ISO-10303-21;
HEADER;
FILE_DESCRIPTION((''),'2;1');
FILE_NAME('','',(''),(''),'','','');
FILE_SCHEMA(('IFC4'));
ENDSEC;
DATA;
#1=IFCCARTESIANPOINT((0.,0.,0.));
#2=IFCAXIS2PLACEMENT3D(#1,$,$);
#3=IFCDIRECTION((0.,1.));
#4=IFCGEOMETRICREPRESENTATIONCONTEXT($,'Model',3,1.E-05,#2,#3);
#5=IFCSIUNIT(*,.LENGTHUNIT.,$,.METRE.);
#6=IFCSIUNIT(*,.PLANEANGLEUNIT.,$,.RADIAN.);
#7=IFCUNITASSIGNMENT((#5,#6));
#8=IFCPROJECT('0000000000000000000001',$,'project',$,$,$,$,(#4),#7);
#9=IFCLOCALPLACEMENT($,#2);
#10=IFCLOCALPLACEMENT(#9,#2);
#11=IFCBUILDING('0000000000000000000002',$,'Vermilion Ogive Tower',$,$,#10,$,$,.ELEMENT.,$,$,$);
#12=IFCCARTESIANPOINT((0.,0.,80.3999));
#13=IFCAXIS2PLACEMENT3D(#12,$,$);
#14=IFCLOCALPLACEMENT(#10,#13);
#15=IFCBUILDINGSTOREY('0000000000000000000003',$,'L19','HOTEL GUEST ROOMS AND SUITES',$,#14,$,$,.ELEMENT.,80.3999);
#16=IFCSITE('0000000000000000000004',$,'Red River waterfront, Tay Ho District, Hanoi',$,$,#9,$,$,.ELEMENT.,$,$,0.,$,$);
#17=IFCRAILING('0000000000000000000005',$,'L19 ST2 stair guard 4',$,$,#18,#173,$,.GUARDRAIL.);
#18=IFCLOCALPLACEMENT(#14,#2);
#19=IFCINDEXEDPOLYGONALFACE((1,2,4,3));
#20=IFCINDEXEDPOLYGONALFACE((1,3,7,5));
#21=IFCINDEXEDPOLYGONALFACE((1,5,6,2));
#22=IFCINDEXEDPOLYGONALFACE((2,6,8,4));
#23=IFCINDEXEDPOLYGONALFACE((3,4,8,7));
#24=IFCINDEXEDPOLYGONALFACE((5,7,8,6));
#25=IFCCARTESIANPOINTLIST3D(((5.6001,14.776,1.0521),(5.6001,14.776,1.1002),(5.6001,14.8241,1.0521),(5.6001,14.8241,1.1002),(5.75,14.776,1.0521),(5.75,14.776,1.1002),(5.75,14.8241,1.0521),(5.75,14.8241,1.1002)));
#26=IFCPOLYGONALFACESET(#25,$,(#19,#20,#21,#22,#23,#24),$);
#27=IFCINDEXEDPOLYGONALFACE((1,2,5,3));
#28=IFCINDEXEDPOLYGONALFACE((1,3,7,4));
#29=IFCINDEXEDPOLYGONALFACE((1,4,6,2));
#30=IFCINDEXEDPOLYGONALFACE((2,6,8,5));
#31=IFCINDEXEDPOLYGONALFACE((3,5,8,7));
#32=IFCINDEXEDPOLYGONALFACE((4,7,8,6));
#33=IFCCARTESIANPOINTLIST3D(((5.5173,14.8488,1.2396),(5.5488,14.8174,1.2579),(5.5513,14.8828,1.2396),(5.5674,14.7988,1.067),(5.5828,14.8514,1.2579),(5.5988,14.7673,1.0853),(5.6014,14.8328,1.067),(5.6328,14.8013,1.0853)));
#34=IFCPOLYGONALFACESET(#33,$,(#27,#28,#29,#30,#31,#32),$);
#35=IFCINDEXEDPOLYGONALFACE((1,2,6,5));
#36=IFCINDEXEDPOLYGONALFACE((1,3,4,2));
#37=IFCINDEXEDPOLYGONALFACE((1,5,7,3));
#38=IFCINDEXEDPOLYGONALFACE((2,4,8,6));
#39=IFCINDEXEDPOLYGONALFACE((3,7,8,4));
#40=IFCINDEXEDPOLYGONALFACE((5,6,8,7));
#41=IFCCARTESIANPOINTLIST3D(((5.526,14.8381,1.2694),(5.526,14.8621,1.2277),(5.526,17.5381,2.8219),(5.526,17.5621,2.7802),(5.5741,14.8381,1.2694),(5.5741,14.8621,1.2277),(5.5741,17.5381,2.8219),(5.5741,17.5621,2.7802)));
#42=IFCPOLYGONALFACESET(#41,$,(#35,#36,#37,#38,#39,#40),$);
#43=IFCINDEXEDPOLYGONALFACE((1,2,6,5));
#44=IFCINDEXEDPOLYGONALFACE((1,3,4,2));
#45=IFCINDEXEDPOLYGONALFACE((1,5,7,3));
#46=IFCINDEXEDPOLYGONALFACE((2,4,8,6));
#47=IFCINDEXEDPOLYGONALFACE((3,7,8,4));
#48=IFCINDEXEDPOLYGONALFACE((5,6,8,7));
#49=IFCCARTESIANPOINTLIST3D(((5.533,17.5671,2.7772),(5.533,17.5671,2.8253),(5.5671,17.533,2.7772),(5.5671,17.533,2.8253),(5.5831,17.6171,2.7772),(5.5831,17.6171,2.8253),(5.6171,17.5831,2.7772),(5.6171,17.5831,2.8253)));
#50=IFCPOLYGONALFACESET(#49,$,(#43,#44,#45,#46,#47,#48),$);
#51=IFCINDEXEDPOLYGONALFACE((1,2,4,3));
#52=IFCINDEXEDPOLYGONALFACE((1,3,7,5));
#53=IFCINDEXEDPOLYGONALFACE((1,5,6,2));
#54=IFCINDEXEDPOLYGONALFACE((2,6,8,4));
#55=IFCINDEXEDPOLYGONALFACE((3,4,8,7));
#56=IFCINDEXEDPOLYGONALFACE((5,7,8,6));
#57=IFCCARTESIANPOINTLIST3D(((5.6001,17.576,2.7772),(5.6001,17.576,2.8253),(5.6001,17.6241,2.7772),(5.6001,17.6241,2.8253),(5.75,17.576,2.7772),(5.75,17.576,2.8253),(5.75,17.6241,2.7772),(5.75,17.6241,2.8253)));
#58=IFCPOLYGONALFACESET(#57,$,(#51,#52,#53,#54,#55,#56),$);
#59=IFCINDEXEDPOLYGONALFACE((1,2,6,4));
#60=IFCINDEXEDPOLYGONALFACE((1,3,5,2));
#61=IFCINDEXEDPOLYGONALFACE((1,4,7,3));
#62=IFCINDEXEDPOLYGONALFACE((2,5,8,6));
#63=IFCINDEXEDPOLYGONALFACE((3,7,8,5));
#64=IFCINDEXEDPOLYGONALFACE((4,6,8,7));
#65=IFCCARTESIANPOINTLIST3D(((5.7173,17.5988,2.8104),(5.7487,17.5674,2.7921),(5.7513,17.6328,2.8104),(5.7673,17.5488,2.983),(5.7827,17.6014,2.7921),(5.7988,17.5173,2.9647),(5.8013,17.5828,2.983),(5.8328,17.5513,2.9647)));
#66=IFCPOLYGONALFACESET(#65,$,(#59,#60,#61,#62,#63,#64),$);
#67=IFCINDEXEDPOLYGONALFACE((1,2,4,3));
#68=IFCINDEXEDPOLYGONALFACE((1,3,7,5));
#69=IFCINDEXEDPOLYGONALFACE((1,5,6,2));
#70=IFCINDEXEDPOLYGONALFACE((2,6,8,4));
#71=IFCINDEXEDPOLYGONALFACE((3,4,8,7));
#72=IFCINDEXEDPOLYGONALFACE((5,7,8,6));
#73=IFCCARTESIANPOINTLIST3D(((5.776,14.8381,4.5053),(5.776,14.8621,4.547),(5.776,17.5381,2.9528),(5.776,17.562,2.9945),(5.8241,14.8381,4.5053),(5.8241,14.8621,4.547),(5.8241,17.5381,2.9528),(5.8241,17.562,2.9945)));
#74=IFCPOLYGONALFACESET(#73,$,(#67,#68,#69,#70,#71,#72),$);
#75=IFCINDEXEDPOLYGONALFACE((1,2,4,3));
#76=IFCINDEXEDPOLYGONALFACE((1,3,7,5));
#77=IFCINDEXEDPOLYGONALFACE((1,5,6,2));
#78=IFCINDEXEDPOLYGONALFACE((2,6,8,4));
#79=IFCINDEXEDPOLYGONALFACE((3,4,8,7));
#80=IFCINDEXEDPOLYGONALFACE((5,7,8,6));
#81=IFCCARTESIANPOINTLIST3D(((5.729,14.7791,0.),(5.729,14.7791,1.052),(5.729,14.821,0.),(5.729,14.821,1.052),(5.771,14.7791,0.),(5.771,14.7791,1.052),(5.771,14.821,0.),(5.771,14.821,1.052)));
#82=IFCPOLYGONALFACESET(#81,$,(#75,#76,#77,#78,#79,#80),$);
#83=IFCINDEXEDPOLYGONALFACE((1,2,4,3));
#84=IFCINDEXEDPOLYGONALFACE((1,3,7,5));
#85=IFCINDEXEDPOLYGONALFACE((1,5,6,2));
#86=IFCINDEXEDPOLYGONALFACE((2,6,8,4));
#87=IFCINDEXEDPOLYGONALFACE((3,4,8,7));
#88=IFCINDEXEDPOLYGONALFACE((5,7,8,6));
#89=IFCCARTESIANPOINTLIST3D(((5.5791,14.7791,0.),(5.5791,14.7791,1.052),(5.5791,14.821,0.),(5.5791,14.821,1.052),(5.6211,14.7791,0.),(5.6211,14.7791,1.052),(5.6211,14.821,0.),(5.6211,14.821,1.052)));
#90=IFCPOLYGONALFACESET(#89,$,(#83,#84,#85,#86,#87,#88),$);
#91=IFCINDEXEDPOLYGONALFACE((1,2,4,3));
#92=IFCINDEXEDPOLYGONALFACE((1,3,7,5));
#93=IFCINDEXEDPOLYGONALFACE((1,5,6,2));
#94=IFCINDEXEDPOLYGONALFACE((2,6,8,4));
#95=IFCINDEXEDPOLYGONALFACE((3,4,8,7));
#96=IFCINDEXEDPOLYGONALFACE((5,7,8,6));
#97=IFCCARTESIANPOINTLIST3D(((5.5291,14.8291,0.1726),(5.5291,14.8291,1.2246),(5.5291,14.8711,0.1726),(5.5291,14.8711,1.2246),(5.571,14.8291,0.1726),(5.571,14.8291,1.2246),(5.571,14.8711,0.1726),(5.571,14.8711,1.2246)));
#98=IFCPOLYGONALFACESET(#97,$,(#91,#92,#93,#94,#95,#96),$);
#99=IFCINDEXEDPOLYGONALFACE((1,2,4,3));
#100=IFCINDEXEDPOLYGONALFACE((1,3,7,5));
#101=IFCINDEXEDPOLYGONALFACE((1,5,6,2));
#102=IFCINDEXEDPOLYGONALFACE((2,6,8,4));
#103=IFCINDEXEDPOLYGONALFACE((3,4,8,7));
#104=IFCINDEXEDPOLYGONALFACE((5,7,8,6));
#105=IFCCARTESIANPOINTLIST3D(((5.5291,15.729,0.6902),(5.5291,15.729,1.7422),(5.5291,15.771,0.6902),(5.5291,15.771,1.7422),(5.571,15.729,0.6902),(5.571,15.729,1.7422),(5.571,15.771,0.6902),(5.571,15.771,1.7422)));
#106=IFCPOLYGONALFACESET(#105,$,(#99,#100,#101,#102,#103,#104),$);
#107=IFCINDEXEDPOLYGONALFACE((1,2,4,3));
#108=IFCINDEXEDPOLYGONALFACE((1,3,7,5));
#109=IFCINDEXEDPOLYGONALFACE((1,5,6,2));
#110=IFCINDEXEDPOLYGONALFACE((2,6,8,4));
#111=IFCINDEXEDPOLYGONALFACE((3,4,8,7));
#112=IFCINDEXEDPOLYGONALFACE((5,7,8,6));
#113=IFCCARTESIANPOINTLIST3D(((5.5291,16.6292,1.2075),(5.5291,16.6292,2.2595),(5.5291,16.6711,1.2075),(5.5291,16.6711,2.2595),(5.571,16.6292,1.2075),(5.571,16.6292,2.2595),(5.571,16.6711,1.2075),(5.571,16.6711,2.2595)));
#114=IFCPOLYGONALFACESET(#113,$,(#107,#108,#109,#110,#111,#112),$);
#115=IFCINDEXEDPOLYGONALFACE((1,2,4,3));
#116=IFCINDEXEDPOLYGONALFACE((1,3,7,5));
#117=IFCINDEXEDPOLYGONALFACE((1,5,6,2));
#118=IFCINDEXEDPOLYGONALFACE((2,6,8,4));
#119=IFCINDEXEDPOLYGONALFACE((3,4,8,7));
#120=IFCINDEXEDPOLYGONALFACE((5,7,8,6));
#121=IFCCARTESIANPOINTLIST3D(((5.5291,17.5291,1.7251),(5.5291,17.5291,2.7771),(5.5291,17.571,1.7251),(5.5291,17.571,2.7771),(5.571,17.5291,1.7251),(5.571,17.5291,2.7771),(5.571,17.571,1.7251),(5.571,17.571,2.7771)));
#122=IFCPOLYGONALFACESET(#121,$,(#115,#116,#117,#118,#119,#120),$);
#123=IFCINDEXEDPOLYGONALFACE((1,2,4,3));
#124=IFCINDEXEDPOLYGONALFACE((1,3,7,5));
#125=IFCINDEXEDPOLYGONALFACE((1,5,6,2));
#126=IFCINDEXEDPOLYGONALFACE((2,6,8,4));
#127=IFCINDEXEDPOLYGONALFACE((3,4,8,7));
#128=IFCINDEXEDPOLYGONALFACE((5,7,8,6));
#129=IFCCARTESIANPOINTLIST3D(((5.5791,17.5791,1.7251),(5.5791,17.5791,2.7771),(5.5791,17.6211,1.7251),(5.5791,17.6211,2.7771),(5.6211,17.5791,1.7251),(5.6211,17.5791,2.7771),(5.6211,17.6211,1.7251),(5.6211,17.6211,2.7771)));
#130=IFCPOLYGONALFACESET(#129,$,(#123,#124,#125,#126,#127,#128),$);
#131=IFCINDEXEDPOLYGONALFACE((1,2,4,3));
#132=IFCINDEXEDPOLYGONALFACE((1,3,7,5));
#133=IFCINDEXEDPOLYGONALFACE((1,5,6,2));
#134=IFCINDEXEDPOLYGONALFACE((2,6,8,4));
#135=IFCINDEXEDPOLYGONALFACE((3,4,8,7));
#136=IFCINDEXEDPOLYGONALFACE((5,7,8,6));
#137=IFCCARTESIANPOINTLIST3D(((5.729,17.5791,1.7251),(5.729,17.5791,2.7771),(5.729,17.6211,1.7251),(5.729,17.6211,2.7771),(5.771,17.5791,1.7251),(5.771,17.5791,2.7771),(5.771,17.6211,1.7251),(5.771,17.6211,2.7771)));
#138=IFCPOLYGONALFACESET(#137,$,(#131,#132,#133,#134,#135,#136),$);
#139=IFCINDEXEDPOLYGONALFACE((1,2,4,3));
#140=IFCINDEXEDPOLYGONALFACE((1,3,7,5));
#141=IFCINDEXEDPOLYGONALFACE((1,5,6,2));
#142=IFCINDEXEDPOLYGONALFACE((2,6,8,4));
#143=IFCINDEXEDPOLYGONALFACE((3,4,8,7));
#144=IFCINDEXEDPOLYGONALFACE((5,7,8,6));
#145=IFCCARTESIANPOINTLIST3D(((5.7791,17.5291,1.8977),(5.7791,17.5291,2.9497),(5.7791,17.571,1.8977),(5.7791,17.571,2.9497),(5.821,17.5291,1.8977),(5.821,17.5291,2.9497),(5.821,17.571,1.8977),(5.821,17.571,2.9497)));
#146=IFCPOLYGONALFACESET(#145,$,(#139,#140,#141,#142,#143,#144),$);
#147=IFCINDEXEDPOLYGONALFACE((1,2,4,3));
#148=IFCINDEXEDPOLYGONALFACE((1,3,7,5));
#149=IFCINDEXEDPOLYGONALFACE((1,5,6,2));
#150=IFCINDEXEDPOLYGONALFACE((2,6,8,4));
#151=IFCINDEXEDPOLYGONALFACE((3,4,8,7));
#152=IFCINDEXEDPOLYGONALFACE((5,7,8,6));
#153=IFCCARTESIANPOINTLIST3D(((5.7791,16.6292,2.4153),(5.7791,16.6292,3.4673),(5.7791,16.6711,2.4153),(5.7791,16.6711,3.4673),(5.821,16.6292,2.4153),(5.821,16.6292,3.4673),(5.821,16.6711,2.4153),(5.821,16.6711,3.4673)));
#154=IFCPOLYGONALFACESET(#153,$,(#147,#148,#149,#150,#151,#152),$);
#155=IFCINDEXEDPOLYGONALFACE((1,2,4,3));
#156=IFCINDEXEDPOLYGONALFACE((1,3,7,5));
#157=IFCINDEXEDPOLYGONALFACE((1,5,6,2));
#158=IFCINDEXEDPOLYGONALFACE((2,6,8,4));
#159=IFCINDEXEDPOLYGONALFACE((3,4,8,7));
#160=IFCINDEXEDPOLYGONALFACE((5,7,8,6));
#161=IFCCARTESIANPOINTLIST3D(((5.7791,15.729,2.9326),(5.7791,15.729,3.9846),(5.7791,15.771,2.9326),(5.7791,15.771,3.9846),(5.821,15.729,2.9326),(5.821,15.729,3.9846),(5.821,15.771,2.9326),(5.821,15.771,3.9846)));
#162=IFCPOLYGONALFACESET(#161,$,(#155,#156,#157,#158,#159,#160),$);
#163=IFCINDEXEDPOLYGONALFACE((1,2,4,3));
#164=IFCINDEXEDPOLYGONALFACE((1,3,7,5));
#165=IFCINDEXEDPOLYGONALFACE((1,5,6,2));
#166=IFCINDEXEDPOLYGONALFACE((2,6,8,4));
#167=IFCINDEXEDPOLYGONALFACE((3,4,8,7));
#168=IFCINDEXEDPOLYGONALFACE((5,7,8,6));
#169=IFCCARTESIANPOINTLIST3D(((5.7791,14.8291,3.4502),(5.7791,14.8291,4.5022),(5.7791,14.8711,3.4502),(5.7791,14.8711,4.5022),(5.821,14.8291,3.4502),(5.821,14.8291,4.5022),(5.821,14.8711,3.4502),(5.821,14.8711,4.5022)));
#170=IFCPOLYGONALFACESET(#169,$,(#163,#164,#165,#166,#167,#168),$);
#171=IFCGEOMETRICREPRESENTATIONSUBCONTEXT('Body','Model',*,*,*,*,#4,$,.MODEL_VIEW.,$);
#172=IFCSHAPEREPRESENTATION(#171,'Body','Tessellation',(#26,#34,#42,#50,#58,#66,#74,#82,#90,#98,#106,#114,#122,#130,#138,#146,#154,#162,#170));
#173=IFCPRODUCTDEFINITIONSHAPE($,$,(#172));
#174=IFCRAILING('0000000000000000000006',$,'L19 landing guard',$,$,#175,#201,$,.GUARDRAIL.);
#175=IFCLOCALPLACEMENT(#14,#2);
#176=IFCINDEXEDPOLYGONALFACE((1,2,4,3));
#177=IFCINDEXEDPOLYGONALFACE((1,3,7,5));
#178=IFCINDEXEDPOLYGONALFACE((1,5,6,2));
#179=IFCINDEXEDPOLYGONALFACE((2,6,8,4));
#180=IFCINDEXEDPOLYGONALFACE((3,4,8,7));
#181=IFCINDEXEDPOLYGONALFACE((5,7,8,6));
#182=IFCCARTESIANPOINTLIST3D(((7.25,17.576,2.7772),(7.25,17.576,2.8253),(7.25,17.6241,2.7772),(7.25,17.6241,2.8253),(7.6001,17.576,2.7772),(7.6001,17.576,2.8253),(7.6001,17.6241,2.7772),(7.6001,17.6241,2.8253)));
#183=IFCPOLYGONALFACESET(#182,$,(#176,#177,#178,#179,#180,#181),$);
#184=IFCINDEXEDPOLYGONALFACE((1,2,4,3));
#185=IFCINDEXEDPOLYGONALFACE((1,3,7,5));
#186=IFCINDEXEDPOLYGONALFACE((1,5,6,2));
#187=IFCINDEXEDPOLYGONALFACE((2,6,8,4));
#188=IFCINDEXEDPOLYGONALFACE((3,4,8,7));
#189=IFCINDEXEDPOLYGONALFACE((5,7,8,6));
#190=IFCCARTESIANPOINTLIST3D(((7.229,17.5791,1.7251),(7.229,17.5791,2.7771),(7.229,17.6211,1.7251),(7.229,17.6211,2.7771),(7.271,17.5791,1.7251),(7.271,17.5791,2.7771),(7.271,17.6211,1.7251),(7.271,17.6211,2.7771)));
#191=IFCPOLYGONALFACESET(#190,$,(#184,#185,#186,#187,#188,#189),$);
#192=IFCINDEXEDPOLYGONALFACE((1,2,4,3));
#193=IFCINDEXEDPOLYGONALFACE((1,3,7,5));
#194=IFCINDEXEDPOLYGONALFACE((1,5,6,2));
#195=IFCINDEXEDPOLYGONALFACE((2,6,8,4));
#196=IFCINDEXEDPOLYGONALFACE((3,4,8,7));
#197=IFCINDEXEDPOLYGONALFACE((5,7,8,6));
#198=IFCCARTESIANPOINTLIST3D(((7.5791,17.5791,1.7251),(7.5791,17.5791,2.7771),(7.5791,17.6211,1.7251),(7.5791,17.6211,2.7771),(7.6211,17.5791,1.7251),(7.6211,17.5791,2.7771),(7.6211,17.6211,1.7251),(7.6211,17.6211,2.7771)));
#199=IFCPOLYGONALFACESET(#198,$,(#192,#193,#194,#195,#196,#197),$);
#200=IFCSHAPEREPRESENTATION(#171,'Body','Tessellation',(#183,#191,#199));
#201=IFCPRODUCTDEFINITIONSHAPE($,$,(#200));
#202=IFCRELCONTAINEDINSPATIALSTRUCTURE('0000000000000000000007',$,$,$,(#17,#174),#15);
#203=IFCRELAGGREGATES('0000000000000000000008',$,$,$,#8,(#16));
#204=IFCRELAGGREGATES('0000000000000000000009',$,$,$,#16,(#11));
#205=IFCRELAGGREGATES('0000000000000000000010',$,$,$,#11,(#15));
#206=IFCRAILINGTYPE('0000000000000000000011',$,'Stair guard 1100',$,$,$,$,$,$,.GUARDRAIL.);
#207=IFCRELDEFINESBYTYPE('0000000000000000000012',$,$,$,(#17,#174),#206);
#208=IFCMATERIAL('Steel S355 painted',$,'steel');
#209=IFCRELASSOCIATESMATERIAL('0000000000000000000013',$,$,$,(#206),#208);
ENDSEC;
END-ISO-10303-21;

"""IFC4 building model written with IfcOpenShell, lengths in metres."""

from ifc_helpers import new_model, si_unit, direction, frame, origin, origin_2d, place, context, subcontext, project, spatial, rectangle, extrude, material, type_object, element, save


model = new_model("IFC4")

# Units and contexts
model_context = context("Model", 3, precision=1e-05, world=origin(), true_north=direction((0.0, 1.0)))
body_context = subcontext(model_context, "Body", "Model", "MODEL_VIEW")
ifc_project = project(units=[si_unit("LENGTHUNIT", "METRE"), si_unit("PLANEANGLEUNIT", "RADIAN")], contexts=[model_context])

# Site, building, storey
site_placement = place(None, origin())
site = spatial("IfcSite", under=ifc_project, at=site_placement, Name="Red River waterfront, Tay Ho District, Hanoi", CompositionType="ELEMENT", RefElevation=0.0)
building_placement = place(site_placement, origin())
building = spatial("IfcBuilding", under=site, at=building_placement, Name="Vermilion Ogive Tower", CompositionType="ELEMENT")
storey_placement = place(building_placement, frame((0.0, 0.0, 80.3999)))
storey = spatial("IfcBuildingStorey", under=building, at=storey_placement, Name="L19", Description="HOTEL GUEST ROOMS AND SUITES", CompositionType="ELEMENT", Elevation=80.3999)

# Railings
ifc_material_1 = material(Name="Steel S355 painted", Category="steel")
railing_type_1 = type_object("IfcRailingType", Name="Stair guard 1100", PredefinedType="GUARDRAIL", material=ifc_material_1)
railing_1_placement = place(storey_placement, frame((5.75, 14.8, 0.0)))
element("IfcRailing", 1, at=railing_1_placement, inside=storey, type_object=railing_type_1, Name="L19 ST2 stair guard 4", PredefinedType="GUARDRAIL", context=body_context, shape_type="SweptSolid", body=[
    extrude(rectangle(XDim=0.0481, YDim=0.0481, at=origin_2d()), frame((0.0, 0.0, 1.0762), z_axis=(-1.0, 0.0, 0.0), x_axis=(0.0, -1.0, 0.0)), (0.0, 0.0, 1.0), 0.1499),
    extrude(rectangle(XDim=0.0481, YDim=0.0481, at=origin_2d()), frame((-0.1499, 0.0, 1.0762), z_axis=(-0.268278, 0.268278, 0.925232), x_axis=(-0.707107, -0.707107, 0.0)), (0.0, 0.0, 1.0), 0.1865),
    extrude(rectangle(XDim=0.0481, YDim=0.0481, at=origin_2d()), frame((-0.2, 0.05, 1.2485), z_axis=(0.0, 0.866904, 0.498476), x_axis=(-1.0, 0.0, 0.0)), (0.0, 0.0, 1.0), 3.1145),
    extrude(rectangle(XDim=0.0481, YDim=0.0481, at=origin_2d()), frame((-0.2, 2.75, 2.8013), z_axis=(0.707107, 0.707107, 0.0), x_axis=(-0.707107, 0.707107, 0.0)), (0.0, 0.0, 1.0), 0.0708),
    extrude(rectangle(XDim=0.0481, YDim=0.0481, at=origin_2d()), frame((-0.1499, 2.8, 2.8013), z_axis=(1.0, 0.0, 0.0), x_axis=(0.0, 1.0, 0.0)), (0.0, 0.0, 1.0), 0.1499),
    extrude(rectangle(XDim=0.0481, YDim=0.0481, at=origin_2d()), frame((0.0, 2.8, 2.8013), z_axis=(0.268278, -0.268278, 0.925232), x_axis=(0.707107, 0.707107, 0.0)), (0.0, 0.0, 1.0), 0.1865),
    extrude(rectangle(XDim=0.0481, YDim=0.0481, at=origin_2d()), frame((0.05, 2.75, 2.9736), z_axis=(0.0, -0.866904, 0.498476), x_axis=(1.0, 0.0, 0.0)), (0.0, 0.0, 1.0), 3.1145),
    extrude(rectangle(XDim=0.042, YDim=0.042, at=origin_2d()), origin(), (0.0, 0.0, 1.0), 1.052),
    extrude(rectangle(XDim=0.042, YDim=0.042, at=origin_2d()), frame((-0.1499, 0.0, 0.0)), (0.0, 0.0, 1.0), 1.052),
    extrude(rectangle(XDim=0.042, YDim=0.042, at=origin_2d()), frame((-0.2, 0.05, 0.1726)), (0.0, 0.0, 1.0), 1.052),
    extrude(rectangle(XDim=0.042, YDim=0.042, at=origin_2d()), frame((-0.2, 0.95, 0.6902)), (0.0, 0.0, 1.0), 1.052),
    extrude(rectangle(XDim=0.042, YDim=0.042, at=origin_2d()), frame((-0.2, 1.8501, 1.2075)), (0.0, 0.0, 1.0), 1.052),
    extrude(rectangle(XDim=0.042, YDim=0.042, at=origin_2d()), frame((-0.2, 2.75, 1.7251)), (0.0, 0.0, 1.0), 1.052),
    extrude(rectangle(XDim=0.042, YDim=0.042, at=origin_2d()), frame((-0.1499, 2.8, 1.7251)), (0.0, 0.0, 1.0), 1.052),
    extrude(rectangle(XDim=0.042, YDim=0.042, at=origin_2d()), frame((0.0, 2.8, 1.7251)), (0.0, 0.0, 1.0), 1.052),
    extrude(rectangle(XDim=0.042, YDim=0.042, at=origin_2d()), frame((0.05, 2.75, 1.8977)), (0.0, 0.0, 1.0), 1.052),
    extrude(rectangle(XDim=0.042, YDim=0.042, at=origin_2d()), frame((0.05, 1.8501, 2.4153)), (0.0, 0.0, 1.0), 1.052),
    extrude(rectangle(XDim=0.042, YDim=0.042, at=origin_2d()), frame((0.05, 0.95, 2.9326)), (0.0, 0.0, 1.0), 1.052),
    extrude(rectangle(XDim=0.042, YDim=0.042, at=origin_2d()), frame((0.05, 0.05, 3.4502)), (0.0, 0.0, 1.0), 1.052),
])
railing_2_placement = place(storey_placement, frame((7.25, 17.6001, 1.7251)))
element("IfcRailing", 2, at=railing_2_placement, inside=storey, type_object=railing_type_1, Name="L19 landing guard", PredefinedType="GUARDRAIL", context=body_context, shape_type="SweptSolid", body=[
    extrude(rectangle(XDim=0.0481, YDim=0.0481, at=origin_2d()), frame((0.0, 0.0, 1.0762), z_axis=(1.0, 0.0, 0.0), x_axis=(0.0, 1.0, 0.0)), (0.0, 0.0, 1.0), 0.3501),
    extrude(rectangle(XDim=0.042, YDim=0.042, at=origin_2d()), origin(), (0.0, 0.0, 1.0), 1.052),
    extrude(rectangle(XDim=0.042, YDim=0.042, at=origin_2d()), frame((0.3501, 0.0, 0.0)), (0.0, 0.0, 1.0), 1.052),
])

save(model, "model.ifc")
